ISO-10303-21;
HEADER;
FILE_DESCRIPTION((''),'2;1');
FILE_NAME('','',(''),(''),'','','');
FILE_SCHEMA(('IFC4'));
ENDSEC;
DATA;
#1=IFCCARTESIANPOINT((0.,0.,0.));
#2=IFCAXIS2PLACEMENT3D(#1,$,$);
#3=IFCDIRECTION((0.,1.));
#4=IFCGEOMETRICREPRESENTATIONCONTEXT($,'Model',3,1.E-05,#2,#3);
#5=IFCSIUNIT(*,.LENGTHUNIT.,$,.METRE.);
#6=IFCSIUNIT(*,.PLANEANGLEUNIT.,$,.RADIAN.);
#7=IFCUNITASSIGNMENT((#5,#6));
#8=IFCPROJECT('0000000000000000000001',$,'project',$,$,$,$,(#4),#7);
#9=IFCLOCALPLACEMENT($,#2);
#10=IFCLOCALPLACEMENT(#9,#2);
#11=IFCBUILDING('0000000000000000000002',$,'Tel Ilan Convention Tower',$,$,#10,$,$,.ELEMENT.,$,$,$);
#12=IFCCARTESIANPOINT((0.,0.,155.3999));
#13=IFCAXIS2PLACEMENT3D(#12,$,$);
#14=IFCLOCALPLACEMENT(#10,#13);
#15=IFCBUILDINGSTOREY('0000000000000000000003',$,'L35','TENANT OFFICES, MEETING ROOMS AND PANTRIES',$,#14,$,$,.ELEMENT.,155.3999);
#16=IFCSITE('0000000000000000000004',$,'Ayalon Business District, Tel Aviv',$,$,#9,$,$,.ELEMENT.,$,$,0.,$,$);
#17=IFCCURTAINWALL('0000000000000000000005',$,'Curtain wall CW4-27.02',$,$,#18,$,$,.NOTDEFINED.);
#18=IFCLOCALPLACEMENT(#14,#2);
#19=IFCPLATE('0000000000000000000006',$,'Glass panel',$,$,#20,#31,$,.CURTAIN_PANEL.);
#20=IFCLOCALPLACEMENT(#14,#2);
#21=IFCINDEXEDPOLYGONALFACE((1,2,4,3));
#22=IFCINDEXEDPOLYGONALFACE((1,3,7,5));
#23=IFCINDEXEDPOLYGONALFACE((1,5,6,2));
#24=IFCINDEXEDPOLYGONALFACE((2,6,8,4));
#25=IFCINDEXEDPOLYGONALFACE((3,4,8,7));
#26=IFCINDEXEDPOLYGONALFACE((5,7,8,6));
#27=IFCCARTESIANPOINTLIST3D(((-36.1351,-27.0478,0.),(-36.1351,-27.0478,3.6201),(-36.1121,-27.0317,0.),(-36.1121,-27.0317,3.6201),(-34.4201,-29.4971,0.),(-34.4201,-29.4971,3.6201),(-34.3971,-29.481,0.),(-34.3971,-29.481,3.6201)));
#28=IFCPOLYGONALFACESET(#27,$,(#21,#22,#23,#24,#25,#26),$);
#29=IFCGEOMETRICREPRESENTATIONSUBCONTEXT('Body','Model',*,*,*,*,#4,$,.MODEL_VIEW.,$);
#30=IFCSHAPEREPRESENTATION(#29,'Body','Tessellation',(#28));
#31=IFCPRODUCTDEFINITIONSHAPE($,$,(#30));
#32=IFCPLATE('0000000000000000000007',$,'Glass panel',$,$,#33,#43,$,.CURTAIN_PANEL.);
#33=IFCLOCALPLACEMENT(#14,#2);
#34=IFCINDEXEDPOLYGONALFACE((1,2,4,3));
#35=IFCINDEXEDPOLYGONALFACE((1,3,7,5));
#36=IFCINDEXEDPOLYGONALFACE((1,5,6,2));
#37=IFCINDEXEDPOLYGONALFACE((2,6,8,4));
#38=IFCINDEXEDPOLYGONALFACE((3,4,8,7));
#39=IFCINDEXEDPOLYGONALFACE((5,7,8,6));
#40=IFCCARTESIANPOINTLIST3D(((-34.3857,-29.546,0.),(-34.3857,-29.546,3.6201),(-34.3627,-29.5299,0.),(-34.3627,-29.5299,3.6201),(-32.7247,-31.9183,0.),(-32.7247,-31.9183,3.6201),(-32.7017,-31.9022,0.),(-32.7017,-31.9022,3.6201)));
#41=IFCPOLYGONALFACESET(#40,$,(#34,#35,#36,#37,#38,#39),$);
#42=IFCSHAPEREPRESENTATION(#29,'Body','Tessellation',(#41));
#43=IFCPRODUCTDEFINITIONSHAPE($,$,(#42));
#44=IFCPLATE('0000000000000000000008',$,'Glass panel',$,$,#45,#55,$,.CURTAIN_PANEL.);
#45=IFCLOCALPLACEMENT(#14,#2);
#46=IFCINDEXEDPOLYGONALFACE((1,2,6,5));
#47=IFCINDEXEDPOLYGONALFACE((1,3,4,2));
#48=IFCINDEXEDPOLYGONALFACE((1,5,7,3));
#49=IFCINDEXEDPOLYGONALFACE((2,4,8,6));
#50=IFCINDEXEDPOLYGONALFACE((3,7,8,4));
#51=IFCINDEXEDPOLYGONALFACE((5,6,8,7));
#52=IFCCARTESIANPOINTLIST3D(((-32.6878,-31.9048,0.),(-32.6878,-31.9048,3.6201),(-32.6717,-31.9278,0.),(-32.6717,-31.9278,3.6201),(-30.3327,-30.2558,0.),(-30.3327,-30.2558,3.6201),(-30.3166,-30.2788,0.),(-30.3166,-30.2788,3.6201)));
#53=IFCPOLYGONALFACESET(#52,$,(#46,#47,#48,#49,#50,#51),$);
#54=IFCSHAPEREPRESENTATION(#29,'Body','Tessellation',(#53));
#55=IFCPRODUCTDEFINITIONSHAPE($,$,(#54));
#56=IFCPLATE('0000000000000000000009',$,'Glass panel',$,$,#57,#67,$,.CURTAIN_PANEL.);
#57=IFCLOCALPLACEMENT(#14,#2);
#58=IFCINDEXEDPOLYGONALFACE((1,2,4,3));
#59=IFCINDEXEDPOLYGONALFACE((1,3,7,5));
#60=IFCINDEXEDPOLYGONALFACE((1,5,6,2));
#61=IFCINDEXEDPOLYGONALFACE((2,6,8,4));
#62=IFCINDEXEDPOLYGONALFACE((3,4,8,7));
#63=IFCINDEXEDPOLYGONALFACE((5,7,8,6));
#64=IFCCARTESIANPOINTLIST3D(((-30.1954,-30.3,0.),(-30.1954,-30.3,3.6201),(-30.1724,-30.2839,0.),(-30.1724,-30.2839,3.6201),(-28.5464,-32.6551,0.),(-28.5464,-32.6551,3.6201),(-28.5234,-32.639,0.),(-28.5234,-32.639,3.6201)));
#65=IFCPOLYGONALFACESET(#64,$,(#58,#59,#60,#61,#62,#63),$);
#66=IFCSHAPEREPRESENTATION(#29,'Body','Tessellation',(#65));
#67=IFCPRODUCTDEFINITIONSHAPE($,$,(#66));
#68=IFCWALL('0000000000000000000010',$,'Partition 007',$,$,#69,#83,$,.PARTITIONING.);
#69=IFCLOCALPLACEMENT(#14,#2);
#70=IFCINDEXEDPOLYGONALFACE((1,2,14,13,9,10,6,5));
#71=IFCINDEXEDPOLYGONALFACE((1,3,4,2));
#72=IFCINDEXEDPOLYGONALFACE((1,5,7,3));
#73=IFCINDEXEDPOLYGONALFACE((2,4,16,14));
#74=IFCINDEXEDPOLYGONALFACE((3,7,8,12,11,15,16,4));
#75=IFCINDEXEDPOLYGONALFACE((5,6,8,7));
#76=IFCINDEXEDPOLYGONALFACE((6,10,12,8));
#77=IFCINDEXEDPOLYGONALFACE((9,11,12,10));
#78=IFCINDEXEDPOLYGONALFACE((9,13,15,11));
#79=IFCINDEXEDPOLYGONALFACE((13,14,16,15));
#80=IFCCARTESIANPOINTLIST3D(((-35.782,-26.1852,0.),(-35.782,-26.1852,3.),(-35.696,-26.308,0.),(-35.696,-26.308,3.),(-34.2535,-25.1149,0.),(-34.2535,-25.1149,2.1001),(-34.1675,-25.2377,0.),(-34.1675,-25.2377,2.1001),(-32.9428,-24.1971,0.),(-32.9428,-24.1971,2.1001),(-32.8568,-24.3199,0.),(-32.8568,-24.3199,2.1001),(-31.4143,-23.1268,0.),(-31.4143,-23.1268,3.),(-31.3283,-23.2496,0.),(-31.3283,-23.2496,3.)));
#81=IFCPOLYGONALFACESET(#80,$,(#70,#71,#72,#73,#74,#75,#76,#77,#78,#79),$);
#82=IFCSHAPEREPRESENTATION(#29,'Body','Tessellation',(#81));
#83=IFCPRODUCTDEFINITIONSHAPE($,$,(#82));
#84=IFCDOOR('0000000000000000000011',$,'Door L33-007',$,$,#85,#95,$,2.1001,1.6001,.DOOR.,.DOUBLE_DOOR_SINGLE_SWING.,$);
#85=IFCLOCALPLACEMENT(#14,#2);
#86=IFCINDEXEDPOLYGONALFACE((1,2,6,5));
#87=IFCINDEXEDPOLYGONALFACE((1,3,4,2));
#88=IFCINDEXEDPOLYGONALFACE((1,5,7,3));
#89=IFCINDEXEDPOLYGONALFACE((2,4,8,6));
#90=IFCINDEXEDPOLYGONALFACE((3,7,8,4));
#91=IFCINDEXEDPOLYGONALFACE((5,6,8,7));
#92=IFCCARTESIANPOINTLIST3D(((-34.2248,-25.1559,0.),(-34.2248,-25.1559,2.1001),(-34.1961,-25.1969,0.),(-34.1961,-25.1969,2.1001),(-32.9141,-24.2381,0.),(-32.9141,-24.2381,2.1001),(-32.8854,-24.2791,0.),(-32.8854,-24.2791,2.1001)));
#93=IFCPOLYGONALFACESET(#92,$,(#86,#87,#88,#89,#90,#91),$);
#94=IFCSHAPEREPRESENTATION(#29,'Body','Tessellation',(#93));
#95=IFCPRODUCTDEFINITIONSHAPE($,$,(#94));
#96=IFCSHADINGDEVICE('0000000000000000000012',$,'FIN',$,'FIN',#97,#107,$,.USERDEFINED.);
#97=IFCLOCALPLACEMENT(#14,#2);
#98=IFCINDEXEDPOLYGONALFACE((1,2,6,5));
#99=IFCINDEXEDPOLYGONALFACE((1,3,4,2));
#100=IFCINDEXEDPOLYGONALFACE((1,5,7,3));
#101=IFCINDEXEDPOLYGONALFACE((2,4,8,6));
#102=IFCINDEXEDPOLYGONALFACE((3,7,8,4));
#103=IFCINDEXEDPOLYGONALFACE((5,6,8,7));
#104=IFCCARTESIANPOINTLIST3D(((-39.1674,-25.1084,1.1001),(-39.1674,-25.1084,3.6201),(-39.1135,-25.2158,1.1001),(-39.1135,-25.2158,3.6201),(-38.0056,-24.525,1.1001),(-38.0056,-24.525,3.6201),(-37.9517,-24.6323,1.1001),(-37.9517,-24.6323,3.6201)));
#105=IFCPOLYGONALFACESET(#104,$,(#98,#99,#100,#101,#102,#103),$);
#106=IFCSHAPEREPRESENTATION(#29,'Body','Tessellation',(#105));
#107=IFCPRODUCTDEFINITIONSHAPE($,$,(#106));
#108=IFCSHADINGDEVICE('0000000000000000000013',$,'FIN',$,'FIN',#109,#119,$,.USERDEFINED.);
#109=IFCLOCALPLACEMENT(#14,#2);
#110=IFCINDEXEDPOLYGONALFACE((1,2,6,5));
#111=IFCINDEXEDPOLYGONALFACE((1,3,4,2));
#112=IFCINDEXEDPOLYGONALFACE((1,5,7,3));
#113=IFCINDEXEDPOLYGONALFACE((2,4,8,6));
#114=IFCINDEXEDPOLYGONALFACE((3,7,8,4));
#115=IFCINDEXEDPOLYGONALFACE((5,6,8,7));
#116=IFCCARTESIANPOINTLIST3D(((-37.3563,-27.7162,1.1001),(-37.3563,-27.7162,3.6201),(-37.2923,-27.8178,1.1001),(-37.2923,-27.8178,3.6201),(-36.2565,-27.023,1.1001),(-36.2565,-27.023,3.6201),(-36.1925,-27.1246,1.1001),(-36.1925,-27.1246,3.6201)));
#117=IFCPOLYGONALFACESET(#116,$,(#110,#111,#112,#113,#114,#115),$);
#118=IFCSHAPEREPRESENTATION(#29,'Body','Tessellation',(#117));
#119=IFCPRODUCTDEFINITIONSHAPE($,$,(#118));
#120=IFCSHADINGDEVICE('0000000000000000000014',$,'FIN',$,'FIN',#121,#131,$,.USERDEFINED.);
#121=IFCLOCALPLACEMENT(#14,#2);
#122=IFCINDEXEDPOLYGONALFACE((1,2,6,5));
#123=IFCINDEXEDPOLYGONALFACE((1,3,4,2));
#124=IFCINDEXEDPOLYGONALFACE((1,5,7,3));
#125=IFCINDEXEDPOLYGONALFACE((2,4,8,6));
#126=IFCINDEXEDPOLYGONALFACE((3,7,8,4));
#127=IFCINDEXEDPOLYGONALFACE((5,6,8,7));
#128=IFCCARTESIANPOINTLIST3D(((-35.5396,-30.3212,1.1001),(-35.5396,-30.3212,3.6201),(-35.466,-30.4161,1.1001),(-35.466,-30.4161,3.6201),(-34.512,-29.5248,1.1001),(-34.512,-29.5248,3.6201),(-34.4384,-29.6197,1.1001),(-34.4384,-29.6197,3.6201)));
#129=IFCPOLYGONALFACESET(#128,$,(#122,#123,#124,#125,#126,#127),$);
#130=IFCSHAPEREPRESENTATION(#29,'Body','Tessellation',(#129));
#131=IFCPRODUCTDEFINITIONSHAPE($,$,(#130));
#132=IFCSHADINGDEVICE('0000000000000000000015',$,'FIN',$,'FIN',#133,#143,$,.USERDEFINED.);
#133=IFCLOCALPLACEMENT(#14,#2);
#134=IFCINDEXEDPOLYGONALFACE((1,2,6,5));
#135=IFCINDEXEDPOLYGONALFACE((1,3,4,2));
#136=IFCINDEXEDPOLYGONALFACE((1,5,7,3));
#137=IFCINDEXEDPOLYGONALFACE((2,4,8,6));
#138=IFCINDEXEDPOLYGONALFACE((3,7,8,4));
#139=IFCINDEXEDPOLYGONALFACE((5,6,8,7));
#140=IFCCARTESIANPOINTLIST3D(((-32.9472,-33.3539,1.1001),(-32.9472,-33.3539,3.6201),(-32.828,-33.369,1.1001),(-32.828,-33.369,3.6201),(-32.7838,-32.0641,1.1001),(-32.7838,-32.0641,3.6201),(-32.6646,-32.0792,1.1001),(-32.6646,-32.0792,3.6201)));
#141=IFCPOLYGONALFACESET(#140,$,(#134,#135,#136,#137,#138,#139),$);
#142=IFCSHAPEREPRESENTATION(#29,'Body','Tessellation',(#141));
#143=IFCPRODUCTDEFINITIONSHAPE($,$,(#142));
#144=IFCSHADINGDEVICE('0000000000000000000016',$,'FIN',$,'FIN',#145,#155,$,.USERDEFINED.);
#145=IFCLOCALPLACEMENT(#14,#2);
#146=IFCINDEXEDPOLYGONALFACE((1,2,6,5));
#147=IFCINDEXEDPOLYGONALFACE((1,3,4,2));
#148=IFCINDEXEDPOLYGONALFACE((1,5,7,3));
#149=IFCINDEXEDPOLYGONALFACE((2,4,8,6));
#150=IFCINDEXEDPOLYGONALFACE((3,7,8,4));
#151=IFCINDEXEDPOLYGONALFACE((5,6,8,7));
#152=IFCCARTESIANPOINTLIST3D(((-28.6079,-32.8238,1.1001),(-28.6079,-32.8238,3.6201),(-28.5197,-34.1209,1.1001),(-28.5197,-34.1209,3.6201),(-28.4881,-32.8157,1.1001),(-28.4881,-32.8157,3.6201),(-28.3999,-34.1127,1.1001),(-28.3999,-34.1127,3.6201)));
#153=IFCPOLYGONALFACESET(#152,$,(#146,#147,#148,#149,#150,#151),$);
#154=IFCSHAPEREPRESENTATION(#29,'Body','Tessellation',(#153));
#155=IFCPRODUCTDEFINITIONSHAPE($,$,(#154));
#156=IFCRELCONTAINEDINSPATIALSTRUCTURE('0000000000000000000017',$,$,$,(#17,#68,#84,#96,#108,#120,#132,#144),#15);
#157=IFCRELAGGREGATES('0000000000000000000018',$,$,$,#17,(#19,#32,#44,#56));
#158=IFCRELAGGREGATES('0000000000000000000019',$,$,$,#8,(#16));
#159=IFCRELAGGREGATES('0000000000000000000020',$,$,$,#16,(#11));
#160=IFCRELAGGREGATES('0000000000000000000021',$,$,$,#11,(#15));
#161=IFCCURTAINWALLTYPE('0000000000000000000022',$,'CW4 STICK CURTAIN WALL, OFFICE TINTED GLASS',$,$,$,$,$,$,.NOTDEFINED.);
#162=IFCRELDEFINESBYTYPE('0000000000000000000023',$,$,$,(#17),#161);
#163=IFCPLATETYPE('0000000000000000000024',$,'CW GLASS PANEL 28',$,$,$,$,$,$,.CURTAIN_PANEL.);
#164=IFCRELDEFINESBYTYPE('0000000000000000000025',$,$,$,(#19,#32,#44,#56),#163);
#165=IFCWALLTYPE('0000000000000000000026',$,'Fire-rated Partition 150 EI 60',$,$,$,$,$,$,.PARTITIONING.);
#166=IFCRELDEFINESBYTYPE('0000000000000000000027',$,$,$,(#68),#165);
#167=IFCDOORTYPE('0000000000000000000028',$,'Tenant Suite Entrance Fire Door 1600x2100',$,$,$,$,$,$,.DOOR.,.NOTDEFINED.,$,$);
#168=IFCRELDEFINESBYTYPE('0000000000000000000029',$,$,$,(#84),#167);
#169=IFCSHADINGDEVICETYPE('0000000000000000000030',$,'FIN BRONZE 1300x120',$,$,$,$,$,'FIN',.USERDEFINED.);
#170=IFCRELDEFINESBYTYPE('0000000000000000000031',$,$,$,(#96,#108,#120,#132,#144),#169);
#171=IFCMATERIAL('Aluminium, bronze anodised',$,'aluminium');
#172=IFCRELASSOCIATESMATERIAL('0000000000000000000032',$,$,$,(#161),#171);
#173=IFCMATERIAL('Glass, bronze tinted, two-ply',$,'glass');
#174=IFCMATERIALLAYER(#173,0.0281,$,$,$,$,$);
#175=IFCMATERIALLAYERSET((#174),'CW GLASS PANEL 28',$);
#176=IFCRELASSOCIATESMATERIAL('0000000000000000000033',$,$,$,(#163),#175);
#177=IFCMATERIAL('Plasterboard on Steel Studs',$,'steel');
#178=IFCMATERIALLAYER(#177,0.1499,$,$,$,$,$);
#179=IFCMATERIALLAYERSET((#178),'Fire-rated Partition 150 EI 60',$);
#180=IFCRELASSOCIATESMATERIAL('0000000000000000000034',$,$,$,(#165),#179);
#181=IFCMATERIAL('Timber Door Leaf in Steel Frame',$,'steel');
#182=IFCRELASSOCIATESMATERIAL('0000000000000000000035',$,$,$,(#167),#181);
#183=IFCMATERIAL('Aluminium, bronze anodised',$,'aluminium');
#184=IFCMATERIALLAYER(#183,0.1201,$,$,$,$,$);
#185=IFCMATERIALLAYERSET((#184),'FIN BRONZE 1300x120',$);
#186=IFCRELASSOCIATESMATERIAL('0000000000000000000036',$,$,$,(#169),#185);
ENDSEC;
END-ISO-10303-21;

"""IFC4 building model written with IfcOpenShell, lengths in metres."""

from ifc_helpers import new_model, si_unit, direction, frame, frame_2d, origin, origin_2d, place, context, subcontext, project, spatial, rectangle, extrude, material, layer, layer_set, type_object, element, fill, aggregate, save


model = new_model("IFC4")

# Units and contexts
model_context = context("Model", 3, precision=1e-05, world=origin(), true_north=direction((0.0, 1.0)))
body_context = subcontext(model_context, "Body", "Model", "MODEL_VIEW")
ifc_project = project(units=[si_unit("LENGTHUNIT", "METRE"), si_unit("PLANEANGLEUNIT", "RADIAN")], contexts=[model_context])

# Site, building, storey
site_placement = place(None, origin())
site = spatial("IfcSite", under=ifc_project, at=site_placement, Name="Ayalon Business District, Tel Aviv", CompositionType="ELEMENT", RefElevation=0.0)
building_placement = place(site_placement, origin())
building = spatial("IfcBuilding", under=site, at=building_placement, Name="Tel Ilan Convention Tower", CompositionType="ELEMENT")
storey_placement = place(building_placement, frame((0.0, 0.0, 155.3999)))
storey = spatial("IfcBuildingStorey", under=building, at=storey_placement, Name="L35", Description="TENANT OFFICES, MEETING ROOMS AND PANTRIES", CompositionType="ELEMENT", Elevation=155.3999)

# Curtain wall, plates
ifc_material_1 = material(Name="Aluminium, bronze anodised", Category="aluminium")
curtain_wall_type = type_object("IfcCurtainWallType", Name="CW4 STICK CURTAIN WALL, OFFICE TINTED GLASS", PredefinedType="NOTDEFINED", material=ifc_material_1)
curtain_wall_placement = place(storey_placement, origin())
curtain_wall = element("IfcCurtainWall", 1, at=curtain_wall_placement, inside=storey, type_object=curtain_wall_type, Name="Curtain wall CW4-27.02", PredefinedType="NOTDEFINED")
ifc_material_2 = material(Name="Glass, bronze tinted, two-ply", Category="glass")
ifc_layer_1 = layer(ifc_material_2, 0.0281)
ifc_layer_set_1 = layer_set([ifc_layer_1], Name="CW GLASS PANEL 28")
plate_type = type_object("IfcPlateType", Name="CW GLASS PANEL 28", PredefinedType="CURTAIN_PANEL", material=ifc_layer_set_1)
plate_1_placement = place(storey_placement, frame((-35.2661, -28.2644, 0.0), z_axis=(0.0, 0.0, 1.0), x_axis=(0.573576, -0.819152, 0.0)))
plate_1 = element("IfcPlate", 2, at=plate_1_placement, type_object=plate_type, Name="Glass panel", PredefinedType="CURTAIN_PANEL", context=body_context, shape_type="SweptSolid", body=[
    extrude(rectangle(XDim=2.99, YDim=0.0281, at=origin_2d()), origin(), (0.0, 0.0, 1.0), 3.6201),
])
plate_2_placement = place(storey_placement, frame((-33.5437, -30.7241, 0.0), z_axis=(0.0, 0.0, 1.0), x_axis=(0.573576, -0.819152, 0.0)))
plate_2 = element("IfcPlate", 3, at=plate_2_placement, type_object=plate_type, Name="Glass panel", PredefinedType="CURTAIN_PANEL", context=body_context, shape_type="SweptSolid", body=[
    extrude(rectangle(XDim=2.896, YDim=0.0281, at=origin_2d()), origin(), (0.0, 0.0, 1.0), 3.6201),
])
plate_3_placement = place(storey_placement, frame((-31.5022, -31.0918, 0.0), z_axis=(0.0, 0.0, 1.0), x_axis=(0.819152, 0.573576, 0.0)))
plate_3 = element("IfcPlate", 4, at=plate_3_placement, type_object=plate_type, Name="Glass panel", PredefinedType="CURTAIN_PANEL", context=body_context, shape_type="SweptSolid", body=[
    extrude(rectangle(XDim=2.875, YDim=0.0281, at=origin_2d()), origin(), (0.0, 0.0, 1.0), 3.6201),
])
plate_4_placement = place(storey_placement, frame((-29.3594, -31.4695, 0.0), z_axis=(0.0, 0.0, 1.0), x_axis=(0.573576, -0.819152, 0.0)))
plate_4 = element("IfcPlate", 5, at=plate_4_placement, type_object=plate_type, Name="Glass panel", PredefinedType="CURTAIN_PANEL", context=body_context, shape_type="SweptSolid", body=[
    extrude(rectangle(XDim=2.875, YDim=0.0281, at=origin_2d()), origin(), (0.0, 0.0, 1.0), 3.6201),
])
aggregate(curtain_wall, [plate_1, plate_2, plate_3, plate_4])

# Wall, opening, door
ifc_material_3 = material(Name="Plasterboard on Steel Studs", Category="steel")
ifc_layer_2 = layer(ifc_material_3, 0.1499)
ifc_layer_set_2 = layer_set([ifc_layer_2], Name="Fire-rated Partition 150 EI 60")
wall_type = type_object("IfcWallType", Name="Fire-rated Partition 150 EI 60", PredefinedType="PARTITIONING", material=ifc_layer_set_2)
wall_placement = place(storey_placement, frame((-35.739, -26.2466, 0.0), z_axis=(0.0, 0.0, 1.0), x_axis=(0.819146, 0.573585, 0.0)))
wall = element("IfcWall", 6, at=wall_placement, inside=storey, type_object=wall_type, Name="Partition 007", PredefinedType="PARTITIONING", context=body_context, shape_type="SweptSolid", body=[
    extrude(rectangle(XDim=5.332, YDim=0.1499, at=frame_2d((2.666, 0.0))), origin(), (0.0, 0.0, 1.0), 3.0),
])
opening_placement = place(wall_placement, frame((1.866, 0.0, 0.0)))
opening = element("IfcOpeningElement", 7, at=opening_placement, cuts=wall, PredefinedType="OPENING", context=body_context, shape_type="SweptSolid", body=[
    extrude(rectangle(XDim=1.6001, YDim=2.1001, at=frame_2d((0.8, 1.05))), frame((0.0, 0.085, 0.0), z_axis=(0.0, -1.0, 0.0), x_axis=(1.0, 0.0, 0.0)), (0.0, 0.0, 1.0), 0.1699),
])
ifc_material_4 = material(Name="Timber Door Leaf in Steel Frame", Category="steel")
door_type = type_object("IfcDoorType", Name="Tenant Suite Entrance Fire Door 1600x2100", OperationType="NOTDEFINED", PredefinedType="DOOR", material=ifc_material_4)
door_placement = place(opening_placement, origin())
door = element("IfcDoor", 8, at=door_placement, inside=storey, type_object=door_type, Name="Door L33-007", OperationType="DOUBLE_DOOR_SINGLE_SWING", OverallHeight=2.1001, OverallWidth=1.6001, PredefinedType="DOOR", context=body_context, shape_type="SweptSolid", body=[
    extrude(rectangle(XDim=1.6001, YDim=2.1001, at=frame_2d((0.8, 1.05))), frame((0.0, 0.0249, 0.0), z_axis=(0.0, -1.0, 0.0), x_axis=(1.0, 0.0, 0.0)), (0.0, 0.0, 1.0), 0.05),
])
fill(opening, door)

# Shading devices
ifc_material_5 = material(Name="Aluminium, bronze anodised", Category="aluminium")
ifc_layer_3 = layer(ifc_material_5, 0.1201)
ifc_layer_set_3 = layer_set([ifc_layer_3], Name="FIN BRONZE 1300x120")
shading_device_type = type_object("IfcShadingDeviceType", Name="FIN BRONZE 1300x120", ElementType="FIN", PredefinedType="USERDEFINED", material=ifc_layer_set_3)
for number, where, z_axis, x_axis, name in (
    (9, (-38.5596, -24.8704, 1.1001), (0.0, 0.0, 1.0), (-0.893633, -0.448799, 0.0), "FIN"),
    (10, (-36.7744, -27.4204, 1.1001), (0.0, 0.0, 1.0), (-0.845986, -0.533204, 0.0), "FIN"),
    (11, (-34.989, -29.9705, 1.1001), (0.0, 0.0, 1.0), (-0.790393, -0.612601, 0.0), "FIN"),
    (12, (-32.8059, -32.7166, 1.1001), (0.0, 0.0, 1.0), (-0.125718, -0.992066, 0.0), "FIN"),
    (13, (-28.5039, -33.4683, 1.1001), (0.0, 0.0, 1.0), (0.067822, -0.997697, 0.0), "FIN"),
):
    element("IfcShadingDevice", number, at=place(storey_placement, frame(where, z_axis=z_axis, x_axis=x_axis)), inside=storey, type_object=shading_device_type, Name=name, ObjectType="FIN", PredefinedType="USERDEFINED", context=body_context, shape_type="SweptSolid", body=[
        extrude(rectangle(XDim=1.3, YDim=0.1201, at=origin_2d()), origin(), (0.0, 0.0, 1.0), 2.52),
    ])

save(model, "model.ifc")
